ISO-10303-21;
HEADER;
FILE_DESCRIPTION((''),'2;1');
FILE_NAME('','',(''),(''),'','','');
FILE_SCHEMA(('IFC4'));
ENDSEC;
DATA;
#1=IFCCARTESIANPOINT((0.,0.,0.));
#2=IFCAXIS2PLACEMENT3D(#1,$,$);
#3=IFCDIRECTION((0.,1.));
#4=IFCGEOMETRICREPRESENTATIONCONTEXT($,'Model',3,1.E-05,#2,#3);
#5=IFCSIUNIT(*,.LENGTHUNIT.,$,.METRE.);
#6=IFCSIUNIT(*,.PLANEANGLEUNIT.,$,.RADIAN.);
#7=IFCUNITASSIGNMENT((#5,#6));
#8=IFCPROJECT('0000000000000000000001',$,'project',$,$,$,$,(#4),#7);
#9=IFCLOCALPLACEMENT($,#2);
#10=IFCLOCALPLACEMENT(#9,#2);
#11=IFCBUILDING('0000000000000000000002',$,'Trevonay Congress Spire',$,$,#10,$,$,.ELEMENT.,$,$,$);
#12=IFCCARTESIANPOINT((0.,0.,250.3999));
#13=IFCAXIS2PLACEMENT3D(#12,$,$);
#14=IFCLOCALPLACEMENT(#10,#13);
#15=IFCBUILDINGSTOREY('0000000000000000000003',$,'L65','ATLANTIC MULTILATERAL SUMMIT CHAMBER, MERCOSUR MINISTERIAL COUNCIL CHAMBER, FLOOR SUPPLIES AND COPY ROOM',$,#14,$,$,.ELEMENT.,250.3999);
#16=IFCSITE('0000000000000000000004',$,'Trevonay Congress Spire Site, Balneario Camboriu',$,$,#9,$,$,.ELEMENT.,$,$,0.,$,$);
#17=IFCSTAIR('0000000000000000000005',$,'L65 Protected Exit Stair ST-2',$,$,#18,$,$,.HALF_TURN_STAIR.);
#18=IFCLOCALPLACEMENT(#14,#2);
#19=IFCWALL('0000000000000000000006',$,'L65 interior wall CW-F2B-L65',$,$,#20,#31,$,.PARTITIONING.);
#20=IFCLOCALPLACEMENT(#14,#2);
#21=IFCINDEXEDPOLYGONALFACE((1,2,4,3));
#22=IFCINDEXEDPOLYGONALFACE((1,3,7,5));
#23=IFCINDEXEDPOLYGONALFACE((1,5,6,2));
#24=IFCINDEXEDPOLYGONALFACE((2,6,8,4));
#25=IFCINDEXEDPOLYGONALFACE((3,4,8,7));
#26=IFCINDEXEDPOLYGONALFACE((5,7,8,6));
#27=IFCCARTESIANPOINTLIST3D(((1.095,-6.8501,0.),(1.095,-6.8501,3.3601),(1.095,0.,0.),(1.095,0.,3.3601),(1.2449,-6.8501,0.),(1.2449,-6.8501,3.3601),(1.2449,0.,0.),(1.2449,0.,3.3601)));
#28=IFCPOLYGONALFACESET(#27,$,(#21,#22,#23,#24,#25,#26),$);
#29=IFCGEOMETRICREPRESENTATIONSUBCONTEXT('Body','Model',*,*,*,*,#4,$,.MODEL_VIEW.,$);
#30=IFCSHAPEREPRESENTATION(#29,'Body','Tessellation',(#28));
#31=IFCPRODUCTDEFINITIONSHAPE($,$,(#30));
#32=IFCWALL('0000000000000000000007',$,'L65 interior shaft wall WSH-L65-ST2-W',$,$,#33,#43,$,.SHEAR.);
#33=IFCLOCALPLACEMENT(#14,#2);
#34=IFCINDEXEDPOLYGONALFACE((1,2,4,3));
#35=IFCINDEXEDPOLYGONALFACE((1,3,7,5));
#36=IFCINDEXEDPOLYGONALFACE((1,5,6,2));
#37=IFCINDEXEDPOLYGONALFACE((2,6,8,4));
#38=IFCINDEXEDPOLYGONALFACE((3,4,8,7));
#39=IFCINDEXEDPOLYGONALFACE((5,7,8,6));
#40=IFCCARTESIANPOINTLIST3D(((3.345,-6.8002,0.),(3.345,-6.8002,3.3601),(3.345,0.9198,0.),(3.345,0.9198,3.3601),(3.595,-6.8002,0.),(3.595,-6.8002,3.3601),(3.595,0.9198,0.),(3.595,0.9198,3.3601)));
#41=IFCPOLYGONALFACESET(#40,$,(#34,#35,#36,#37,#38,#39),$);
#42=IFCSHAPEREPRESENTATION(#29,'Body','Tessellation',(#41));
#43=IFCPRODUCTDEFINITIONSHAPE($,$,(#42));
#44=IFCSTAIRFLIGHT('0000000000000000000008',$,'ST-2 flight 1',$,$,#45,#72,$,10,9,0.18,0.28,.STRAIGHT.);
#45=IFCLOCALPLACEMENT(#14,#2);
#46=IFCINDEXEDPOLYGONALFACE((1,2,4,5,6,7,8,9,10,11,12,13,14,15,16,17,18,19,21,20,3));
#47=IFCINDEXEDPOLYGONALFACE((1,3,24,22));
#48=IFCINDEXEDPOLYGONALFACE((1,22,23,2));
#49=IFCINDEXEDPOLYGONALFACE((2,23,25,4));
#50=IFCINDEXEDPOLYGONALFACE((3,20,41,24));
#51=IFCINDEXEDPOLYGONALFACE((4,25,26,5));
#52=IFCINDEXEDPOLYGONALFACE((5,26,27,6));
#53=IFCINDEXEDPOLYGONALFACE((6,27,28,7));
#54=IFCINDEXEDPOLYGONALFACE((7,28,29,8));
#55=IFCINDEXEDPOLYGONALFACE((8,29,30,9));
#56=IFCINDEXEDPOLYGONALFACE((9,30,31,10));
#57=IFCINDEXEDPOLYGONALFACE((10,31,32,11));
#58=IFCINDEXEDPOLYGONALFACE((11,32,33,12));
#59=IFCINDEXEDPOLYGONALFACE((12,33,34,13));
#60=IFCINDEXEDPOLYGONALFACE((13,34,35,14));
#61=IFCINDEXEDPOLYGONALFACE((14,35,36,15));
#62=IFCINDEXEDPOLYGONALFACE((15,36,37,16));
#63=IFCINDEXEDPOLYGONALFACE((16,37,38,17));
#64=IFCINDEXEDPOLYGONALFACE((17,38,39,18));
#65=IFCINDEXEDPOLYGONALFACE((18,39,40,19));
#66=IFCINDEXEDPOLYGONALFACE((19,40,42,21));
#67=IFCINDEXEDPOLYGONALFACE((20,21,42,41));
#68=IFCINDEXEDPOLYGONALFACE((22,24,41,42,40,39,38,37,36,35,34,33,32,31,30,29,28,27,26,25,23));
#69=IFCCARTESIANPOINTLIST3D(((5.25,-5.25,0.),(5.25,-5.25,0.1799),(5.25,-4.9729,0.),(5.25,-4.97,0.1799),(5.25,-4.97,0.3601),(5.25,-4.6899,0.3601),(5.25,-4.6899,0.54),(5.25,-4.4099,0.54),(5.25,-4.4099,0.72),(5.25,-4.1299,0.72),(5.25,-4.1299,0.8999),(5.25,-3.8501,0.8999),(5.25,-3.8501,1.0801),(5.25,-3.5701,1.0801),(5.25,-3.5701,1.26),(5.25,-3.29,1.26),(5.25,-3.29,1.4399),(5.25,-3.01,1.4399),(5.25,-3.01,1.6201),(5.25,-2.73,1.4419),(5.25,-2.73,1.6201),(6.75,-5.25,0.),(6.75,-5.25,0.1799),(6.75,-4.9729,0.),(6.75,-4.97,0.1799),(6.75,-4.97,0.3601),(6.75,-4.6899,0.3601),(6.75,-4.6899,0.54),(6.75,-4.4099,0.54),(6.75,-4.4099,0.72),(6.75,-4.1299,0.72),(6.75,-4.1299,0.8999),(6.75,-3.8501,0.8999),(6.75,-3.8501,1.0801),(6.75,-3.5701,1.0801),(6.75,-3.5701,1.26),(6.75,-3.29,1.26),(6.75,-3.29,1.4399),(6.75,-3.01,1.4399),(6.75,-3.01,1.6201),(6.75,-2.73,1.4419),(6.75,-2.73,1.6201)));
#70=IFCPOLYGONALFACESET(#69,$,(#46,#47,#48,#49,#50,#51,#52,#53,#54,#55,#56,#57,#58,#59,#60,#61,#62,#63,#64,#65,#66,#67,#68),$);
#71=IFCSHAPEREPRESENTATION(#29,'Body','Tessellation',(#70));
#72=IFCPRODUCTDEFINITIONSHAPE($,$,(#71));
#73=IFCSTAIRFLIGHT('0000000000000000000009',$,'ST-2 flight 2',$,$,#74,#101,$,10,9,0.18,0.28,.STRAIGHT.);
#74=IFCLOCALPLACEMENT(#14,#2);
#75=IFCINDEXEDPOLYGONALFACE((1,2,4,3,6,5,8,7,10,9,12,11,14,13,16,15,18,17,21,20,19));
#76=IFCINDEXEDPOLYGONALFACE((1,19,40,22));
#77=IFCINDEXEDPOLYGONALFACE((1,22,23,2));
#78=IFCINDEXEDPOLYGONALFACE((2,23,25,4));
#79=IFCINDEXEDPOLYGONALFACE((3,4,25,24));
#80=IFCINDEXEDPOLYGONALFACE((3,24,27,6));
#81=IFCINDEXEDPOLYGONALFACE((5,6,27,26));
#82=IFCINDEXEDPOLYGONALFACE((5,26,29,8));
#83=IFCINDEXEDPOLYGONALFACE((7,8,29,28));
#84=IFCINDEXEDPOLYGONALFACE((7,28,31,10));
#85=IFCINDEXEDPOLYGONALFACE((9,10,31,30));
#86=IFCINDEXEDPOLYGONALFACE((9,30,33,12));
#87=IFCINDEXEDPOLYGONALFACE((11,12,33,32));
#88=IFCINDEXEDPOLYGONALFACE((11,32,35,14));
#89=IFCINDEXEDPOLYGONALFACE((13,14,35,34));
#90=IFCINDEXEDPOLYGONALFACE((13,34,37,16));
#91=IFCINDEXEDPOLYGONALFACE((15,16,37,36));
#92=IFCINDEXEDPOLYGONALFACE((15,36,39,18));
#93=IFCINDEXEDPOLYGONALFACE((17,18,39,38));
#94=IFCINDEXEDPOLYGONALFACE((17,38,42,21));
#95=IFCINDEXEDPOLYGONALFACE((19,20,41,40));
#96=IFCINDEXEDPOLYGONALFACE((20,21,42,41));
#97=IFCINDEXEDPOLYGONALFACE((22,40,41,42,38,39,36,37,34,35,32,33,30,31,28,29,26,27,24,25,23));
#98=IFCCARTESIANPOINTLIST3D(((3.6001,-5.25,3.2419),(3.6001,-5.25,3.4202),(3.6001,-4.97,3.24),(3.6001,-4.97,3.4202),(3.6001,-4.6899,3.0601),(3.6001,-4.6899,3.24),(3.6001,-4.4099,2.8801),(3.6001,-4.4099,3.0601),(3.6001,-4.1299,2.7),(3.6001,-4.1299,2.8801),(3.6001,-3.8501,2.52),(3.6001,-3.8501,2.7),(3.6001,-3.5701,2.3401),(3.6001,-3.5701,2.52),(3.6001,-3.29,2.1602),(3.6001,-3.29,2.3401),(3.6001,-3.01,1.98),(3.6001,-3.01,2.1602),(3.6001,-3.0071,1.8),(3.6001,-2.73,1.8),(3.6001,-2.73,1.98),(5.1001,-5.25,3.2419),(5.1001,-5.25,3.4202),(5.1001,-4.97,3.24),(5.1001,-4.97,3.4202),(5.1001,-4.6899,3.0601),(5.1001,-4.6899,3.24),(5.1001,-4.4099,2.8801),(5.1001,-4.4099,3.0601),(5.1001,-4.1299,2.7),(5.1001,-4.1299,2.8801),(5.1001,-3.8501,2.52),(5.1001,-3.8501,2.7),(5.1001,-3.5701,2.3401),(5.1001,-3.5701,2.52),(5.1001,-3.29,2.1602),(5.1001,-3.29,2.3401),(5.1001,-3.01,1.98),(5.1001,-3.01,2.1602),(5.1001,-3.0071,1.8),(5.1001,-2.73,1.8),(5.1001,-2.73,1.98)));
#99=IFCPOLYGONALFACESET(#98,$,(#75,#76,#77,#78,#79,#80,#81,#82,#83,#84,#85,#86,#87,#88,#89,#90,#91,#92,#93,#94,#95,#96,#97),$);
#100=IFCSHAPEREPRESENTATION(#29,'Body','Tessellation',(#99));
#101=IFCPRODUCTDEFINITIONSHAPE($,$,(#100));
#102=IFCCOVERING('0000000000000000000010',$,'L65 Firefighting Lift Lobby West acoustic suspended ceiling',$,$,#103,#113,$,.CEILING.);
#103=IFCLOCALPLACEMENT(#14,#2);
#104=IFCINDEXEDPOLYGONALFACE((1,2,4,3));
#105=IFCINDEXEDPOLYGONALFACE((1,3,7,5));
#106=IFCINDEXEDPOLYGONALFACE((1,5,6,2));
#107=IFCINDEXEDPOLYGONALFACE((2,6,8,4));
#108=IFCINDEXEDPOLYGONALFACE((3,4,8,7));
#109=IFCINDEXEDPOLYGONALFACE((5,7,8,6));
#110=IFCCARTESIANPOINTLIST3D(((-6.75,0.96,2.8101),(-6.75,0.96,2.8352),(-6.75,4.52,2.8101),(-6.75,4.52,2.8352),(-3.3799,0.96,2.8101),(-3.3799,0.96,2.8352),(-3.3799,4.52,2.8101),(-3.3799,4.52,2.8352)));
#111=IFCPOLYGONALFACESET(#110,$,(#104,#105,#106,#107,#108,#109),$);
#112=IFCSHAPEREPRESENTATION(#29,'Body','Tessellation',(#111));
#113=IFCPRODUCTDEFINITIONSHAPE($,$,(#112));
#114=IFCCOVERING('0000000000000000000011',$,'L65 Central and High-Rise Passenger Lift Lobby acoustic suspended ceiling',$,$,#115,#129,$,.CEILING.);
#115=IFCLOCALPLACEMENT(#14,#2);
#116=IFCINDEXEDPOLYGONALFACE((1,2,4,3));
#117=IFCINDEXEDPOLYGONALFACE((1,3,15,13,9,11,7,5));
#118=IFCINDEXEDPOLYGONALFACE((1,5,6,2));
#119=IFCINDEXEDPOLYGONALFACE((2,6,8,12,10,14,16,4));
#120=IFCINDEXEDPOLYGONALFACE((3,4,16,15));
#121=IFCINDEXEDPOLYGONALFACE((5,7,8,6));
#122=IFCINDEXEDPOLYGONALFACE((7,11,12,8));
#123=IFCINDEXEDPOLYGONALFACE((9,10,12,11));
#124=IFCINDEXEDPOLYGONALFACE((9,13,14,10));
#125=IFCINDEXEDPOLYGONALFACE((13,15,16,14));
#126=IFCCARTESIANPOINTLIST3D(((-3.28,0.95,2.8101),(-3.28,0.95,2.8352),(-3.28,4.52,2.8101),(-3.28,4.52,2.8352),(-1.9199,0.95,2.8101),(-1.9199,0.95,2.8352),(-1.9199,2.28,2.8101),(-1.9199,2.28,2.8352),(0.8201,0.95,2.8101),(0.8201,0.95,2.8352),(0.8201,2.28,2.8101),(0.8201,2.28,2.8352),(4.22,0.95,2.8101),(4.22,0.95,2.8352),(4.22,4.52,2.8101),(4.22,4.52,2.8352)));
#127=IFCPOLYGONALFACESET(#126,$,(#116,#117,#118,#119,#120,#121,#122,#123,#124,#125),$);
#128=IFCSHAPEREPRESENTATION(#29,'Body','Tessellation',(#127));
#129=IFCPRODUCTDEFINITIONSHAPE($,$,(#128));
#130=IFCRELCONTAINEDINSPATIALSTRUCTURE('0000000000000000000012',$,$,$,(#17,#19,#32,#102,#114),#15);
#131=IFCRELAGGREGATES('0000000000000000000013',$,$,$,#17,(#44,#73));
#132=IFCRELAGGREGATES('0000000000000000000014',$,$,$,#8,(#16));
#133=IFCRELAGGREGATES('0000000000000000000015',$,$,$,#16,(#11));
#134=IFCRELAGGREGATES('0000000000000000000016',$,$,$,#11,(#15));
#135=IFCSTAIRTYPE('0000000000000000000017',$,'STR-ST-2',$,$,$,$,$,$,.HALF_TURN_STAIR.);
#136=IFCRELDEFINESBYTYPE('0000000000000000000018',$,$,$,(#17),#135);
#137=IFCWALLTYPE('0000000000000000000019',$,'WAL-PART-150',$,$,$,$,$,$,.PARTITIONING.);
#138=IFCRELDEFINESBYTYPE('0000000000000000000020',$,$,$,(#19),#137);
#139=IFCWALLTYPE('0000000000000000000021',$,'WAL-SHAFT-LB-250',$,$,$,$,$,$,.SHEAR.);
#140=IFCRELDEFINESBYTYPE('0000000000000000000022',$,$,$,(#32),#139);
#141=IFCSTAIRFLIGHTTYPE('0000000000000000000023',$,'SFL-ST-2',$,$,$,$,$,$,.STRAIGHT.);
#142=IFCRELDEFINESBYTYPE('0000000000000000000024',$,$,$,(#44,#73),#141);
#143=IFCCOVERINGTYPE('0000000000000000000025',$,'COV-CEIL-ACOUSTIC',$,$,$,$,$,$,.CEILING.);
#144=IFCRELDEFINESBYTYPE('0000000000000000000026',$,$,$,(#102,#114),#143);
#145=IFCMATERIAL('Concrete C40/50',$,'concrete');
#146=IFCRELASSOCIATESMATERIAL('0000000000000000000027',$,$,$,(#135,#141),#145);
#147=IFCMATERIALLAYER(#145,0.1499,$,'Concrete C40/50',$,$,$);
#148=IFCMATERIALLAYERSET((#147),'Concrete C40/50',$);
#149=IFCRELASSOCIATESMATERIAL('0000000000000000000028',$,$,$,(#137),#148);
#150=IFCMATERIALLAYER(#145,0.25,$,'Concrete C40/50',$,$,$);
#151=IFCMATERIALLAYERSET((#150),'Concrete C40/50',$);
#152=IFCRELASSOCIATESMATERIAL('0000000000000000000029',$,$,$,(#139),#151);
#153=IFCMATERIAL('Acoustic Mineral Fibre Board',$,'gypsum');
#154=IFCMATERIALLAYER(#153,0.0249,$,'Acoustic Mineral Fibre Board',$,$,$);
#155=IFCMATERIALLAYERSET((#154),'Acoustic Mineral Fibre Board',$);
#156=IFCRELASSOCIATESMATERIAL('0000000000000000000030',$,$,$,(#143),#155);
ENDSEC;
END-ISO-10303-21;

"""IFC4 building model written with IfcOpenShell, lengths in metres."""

from ifc_helpers import new_model, si_unit, direction, frame, frame_2d, origin, place, context, subcontext, project, spatial, polyline, rectangle, outline, extrude, material, layer, layer_set, type_object, element, aggregate, save


model = new_model("IFC4")

# Units and contexts
model_context = context("Model", 3, precision=1e-05, world=origin(), true_north=direction((0.0, 1.0)))
body_context = subcontext(model_context, "Body", "Model", "MODEL_VIEW")
ifc_project = project(units=[si_unit("LENGTHUNIT", "METRE"), si_unit("PLANEANGLEUNIT", "RADIAN")], contexts=[model_context])

# Site, building, storey
site_placement = place(None, origin())
site = spatial("IfcSite", under=ifc_project, at=site_placement, Name="Trevonay Congress Spire Site, Balneario Camboriu", CompositionType="ELEMENT", RefElevation=0.0)
building_placement = place(site_placement, origin())
building = spatial("IfcBuilding", under=site, at=building_placement, Name="Trevonay Congress Spire", CompositionType="ELEMENT")
storey_placement = place(building_placement, frame((0.0, 0.0, 250.3999)))
storey = spatial("IfcBuildingStorey", under=building, at=storey_placement, Name="L65", Description="ATLANTIC MULTILATERAL SUMMIT CHAMBER, MERCOSUR MINISTERIAL COUNCIL CHAMBER, FLOOR SUPPLIES AND COPY ROOM", CompositionType="ELEMENT", Elevation=250.3999)

# Stair
ifc_material_1 = material(Name="Concrete C40/50", Category="concrete")
stair_type_1 = type_object("IfcStairType", Name="STR-ST-2", PredefinedType="HALF_TURN_STAIR", material=ifc_material_1)
stair_1_placement = place(storey_placement, origin())
stair_1 = element("IfcStair", 1, at=stair_1_placement, inside=storey, type_object=stair_type_1, Name="L65 Protected Exit Stair ST-2", PredefinedType="HALF_TURN_STAIR")

# Walls
ifc_layer_1 = layer(ifc_material_1, 0.1499, Name="Concrete C40/50")
ifc_layer_set_1 = layer_set([ifc_layer_1], Name="Concrete C40/50")
wall_type_1 = type_object("IfcWallType", Name="WAL-PART-150", PredefinedType="PARTITIONING", material=ifc_layer_set_1)
wall_1_placement = place(storey_placement, frame((1.1699, -6.8501, 0.0), z_axis=(0.0, 0.0, 1.0), x_axis=(0.0, 1.0, 0.0)))
element("IfcWall", 2, at=wall_1_placement, inside=storey, type_object=wall_type_1, Name="L65 interior wall CW-F2B-L65", PredefinedType="PARTITIONING", context=body_context, shape_type="SweptSolid", body=[
    extrude(rectangle(XDim=6.8501, YDim=0.1499, at=frame_2d((3.425, 0.0))), origin(), (0.0, 0.0, 1.0), 3.3601),
])
ifc_layer_2 = layer(ifc_material_1, 0.25, Name="Concrete C40/50")
ifc_layer_set_2 = layer_set([ifc_layer_2], Name="Concrete C40/50")
wall_type_2 = type_object("IfcWallType", Name="WAL-SHAFT-LB-250", PredefinedType="SHEAR", material=ifc_layer_set_2)
wall_2_placement = place(storey_placement, frame((3.47, -6.8, 0.0), z_axis=(0.0, 0.0, 1.0), x_axis=(0.0, 1.0, 0.0)))
element("IfcWall", 3, at=wall_2_placement, inside=storey, type_object=wall_type_2, Name="L65 interior shaft wall WSH-L65-ST2-W", PredefinedType="SHEAR", context=body_context, shape_type="SweptSolid", body=[
    extrude(rectangle(XDim=7.72, YDim=0.25, at=frame_2d((3.8599, 0.0))), origin(), (0.0, 0.0, 1.0), 3.3601),
])

# Stair flights
stair_flight_type = type_object("IfcStairFlightType", Name="SFL-ST-2", PredefinedType="STRAIGHT", material=ifc_material_1)
stair_flight_1_placement = place(storey_placement, frame((6.0, -5.25, 0.0), z_axis=(0.0, 0.0, 1.0), x_axis=(0.0, 1.0, 0.0)))
stair_flight_1 = element("IfcStairFlight", 4, at=stair_flight_1_placement, type_object=stair_flight_type, Name="ST-2 flight 1", NumberOfRisers=10, NumberOfTreads=9, PredefinedType="STRAIGHT", RiserHeight=0.18, TreadLength=0.28, context=body_context, shape_type="SweptSolid", body=[
    extrude(outline(polyline([(0.0, 0.0), (0.0, 0.1799), (0.28, 0.1799), (0.28, 0.3601), (0.5601, 0.3601), (0.5601, 0.54), (0.8401, 0.54), (0.8401, 0.72), (1.1201, 0.72), (1.1201, 0.8999), (1.3999, 0.8999), (1.3999, 1.0801), (1.6799, 1.0801), (1.6799, 1.26), (1.96, 1.26), (1.96, 1.4399), (2.24, 1.4399), (2.24, 1.6201), (2.52, 1.6201), (2.52, 1.8), (2.52, 1.4419), (0.2771, 0.0), (0.0, 0.0)])), frame((0.0, 0.75, 0.0), z_axis=(0.0, -1.0, 0.0), x_axis=(1.0, 0.0, 0.0)), (0.0, 0.0, 1.0), 1.5),
])
stair_flight_2_placement = place(storey_placement, frame((4.3501, -2.73, 1.8), z_axis=(0.0, 0.0, 1.0), x_axis=(0.0, -1.0, 0.0)))
stair_flight_2 = element("IfcStairFlight", 5, at=stair_flight_2_placement, type_object=stair_flight_type, Name="ST-2 flight 2", NumberOfRisers=10, NumberOfTreads=9, PredefinedType="STRAIGHT", RiserHeight=0.18, TreadLength=0.28, context=body_context, shape_type="SweptSolid", body=[
    extrude(outline(polyline([(0.0, 0.0), (0.0, 0.1799), (0.28, 0.1799), (0.28, 0.3601), (0.5601, 0.3601), (0.5601, 0.54), (0.8401, 0.54), (0.8401, 0.72), (1.1201, 0.72), (1.1201, 0.8999), (1.3999, 0.8999), (1.3999, 1.0801), (1.6799, 1.0801), (1.6799, 1.26), (1.96, 1.26), (1.96, 1.4399), (2.24, 1.4399), (2.24, 1.6201), (2.52, 1.6201), (2.52, 1.8), (2.52, 1.4419), (0.2771, 0.0), (0.0, 0.0)])), frame((0.0, 0.75, 0.0), z_axis=(0.0, -1.0, 0.0), x_axis=(1.0, 0.0, 0.0)), (0.0, 0.0, 1.0), 1.5),
])
aggregate(stair_1, [stair_flight_1, stair_flight_2])

# Coverings
ifc_material_2 = material(Name="Acoustic Mineral Fibre Board", Category="gypsum")
ifc_layer_3 = layer(ifc_material_2, 0.0249, Name="Acoustic Mineral Fibre Board")
ifc_layer_set_3 = layer_set([ifc_layer_3], Name="Acoustic Mineral Fibre Board")
covering_type_1 = type_object("IfcCoveringType", Name="COV-CEIL-ACOUSTIC", PredefinedType="CEILING", material=ifc_layer_set_3)
covering_1_placement = place(storey_placement, frame((0.0, 0.0, 2.8101)))
element("IfcCovering", 6, at=covering_1_placement, inside=storey, type_object=covering_type_1, Name="L65 Firefighting Lift Lobby West acoustic suspended ceiling", PredefinedType="CEILING", context=body_context, shape_type="SweptSolid", body=[
    extrude(outline(polyline([(-6.75, 0.96), (-3.3799, 0.96), (-3.3799, 4.52), (-6.75, 4.52), (-6.75, 0.96)])), origin(), (0.0, 0.0, 1.0), 0.0251),
])
covering_2_placement = place(storey_placement, frame((0.0, 0.0, 2.8101)))
element("IfcCovering", 7, at=covering_2_placement, inside=storey, type_object=covering_type_1, Name="L65 Central and High-Rise Passenger Lift Lobby acoustic suspended ceiling", PredefinedType="CEILING", context=body_context, shape_type="SweptSolid", body=[
    extrude(outline(polyline([(-3.28, 0.95), (-1.9199, 0.95), (-1.9199, 2.28), (0.8201, 2.28), (0.8201, 0.95), (4.22, 0.95), (4.22, 4.52), (-3.28, 4.52), (-3.28, 0.95)])), origin(), (0.0, 0.0, 1.0), 0.0251),
])

save(model, "model.ifc")
